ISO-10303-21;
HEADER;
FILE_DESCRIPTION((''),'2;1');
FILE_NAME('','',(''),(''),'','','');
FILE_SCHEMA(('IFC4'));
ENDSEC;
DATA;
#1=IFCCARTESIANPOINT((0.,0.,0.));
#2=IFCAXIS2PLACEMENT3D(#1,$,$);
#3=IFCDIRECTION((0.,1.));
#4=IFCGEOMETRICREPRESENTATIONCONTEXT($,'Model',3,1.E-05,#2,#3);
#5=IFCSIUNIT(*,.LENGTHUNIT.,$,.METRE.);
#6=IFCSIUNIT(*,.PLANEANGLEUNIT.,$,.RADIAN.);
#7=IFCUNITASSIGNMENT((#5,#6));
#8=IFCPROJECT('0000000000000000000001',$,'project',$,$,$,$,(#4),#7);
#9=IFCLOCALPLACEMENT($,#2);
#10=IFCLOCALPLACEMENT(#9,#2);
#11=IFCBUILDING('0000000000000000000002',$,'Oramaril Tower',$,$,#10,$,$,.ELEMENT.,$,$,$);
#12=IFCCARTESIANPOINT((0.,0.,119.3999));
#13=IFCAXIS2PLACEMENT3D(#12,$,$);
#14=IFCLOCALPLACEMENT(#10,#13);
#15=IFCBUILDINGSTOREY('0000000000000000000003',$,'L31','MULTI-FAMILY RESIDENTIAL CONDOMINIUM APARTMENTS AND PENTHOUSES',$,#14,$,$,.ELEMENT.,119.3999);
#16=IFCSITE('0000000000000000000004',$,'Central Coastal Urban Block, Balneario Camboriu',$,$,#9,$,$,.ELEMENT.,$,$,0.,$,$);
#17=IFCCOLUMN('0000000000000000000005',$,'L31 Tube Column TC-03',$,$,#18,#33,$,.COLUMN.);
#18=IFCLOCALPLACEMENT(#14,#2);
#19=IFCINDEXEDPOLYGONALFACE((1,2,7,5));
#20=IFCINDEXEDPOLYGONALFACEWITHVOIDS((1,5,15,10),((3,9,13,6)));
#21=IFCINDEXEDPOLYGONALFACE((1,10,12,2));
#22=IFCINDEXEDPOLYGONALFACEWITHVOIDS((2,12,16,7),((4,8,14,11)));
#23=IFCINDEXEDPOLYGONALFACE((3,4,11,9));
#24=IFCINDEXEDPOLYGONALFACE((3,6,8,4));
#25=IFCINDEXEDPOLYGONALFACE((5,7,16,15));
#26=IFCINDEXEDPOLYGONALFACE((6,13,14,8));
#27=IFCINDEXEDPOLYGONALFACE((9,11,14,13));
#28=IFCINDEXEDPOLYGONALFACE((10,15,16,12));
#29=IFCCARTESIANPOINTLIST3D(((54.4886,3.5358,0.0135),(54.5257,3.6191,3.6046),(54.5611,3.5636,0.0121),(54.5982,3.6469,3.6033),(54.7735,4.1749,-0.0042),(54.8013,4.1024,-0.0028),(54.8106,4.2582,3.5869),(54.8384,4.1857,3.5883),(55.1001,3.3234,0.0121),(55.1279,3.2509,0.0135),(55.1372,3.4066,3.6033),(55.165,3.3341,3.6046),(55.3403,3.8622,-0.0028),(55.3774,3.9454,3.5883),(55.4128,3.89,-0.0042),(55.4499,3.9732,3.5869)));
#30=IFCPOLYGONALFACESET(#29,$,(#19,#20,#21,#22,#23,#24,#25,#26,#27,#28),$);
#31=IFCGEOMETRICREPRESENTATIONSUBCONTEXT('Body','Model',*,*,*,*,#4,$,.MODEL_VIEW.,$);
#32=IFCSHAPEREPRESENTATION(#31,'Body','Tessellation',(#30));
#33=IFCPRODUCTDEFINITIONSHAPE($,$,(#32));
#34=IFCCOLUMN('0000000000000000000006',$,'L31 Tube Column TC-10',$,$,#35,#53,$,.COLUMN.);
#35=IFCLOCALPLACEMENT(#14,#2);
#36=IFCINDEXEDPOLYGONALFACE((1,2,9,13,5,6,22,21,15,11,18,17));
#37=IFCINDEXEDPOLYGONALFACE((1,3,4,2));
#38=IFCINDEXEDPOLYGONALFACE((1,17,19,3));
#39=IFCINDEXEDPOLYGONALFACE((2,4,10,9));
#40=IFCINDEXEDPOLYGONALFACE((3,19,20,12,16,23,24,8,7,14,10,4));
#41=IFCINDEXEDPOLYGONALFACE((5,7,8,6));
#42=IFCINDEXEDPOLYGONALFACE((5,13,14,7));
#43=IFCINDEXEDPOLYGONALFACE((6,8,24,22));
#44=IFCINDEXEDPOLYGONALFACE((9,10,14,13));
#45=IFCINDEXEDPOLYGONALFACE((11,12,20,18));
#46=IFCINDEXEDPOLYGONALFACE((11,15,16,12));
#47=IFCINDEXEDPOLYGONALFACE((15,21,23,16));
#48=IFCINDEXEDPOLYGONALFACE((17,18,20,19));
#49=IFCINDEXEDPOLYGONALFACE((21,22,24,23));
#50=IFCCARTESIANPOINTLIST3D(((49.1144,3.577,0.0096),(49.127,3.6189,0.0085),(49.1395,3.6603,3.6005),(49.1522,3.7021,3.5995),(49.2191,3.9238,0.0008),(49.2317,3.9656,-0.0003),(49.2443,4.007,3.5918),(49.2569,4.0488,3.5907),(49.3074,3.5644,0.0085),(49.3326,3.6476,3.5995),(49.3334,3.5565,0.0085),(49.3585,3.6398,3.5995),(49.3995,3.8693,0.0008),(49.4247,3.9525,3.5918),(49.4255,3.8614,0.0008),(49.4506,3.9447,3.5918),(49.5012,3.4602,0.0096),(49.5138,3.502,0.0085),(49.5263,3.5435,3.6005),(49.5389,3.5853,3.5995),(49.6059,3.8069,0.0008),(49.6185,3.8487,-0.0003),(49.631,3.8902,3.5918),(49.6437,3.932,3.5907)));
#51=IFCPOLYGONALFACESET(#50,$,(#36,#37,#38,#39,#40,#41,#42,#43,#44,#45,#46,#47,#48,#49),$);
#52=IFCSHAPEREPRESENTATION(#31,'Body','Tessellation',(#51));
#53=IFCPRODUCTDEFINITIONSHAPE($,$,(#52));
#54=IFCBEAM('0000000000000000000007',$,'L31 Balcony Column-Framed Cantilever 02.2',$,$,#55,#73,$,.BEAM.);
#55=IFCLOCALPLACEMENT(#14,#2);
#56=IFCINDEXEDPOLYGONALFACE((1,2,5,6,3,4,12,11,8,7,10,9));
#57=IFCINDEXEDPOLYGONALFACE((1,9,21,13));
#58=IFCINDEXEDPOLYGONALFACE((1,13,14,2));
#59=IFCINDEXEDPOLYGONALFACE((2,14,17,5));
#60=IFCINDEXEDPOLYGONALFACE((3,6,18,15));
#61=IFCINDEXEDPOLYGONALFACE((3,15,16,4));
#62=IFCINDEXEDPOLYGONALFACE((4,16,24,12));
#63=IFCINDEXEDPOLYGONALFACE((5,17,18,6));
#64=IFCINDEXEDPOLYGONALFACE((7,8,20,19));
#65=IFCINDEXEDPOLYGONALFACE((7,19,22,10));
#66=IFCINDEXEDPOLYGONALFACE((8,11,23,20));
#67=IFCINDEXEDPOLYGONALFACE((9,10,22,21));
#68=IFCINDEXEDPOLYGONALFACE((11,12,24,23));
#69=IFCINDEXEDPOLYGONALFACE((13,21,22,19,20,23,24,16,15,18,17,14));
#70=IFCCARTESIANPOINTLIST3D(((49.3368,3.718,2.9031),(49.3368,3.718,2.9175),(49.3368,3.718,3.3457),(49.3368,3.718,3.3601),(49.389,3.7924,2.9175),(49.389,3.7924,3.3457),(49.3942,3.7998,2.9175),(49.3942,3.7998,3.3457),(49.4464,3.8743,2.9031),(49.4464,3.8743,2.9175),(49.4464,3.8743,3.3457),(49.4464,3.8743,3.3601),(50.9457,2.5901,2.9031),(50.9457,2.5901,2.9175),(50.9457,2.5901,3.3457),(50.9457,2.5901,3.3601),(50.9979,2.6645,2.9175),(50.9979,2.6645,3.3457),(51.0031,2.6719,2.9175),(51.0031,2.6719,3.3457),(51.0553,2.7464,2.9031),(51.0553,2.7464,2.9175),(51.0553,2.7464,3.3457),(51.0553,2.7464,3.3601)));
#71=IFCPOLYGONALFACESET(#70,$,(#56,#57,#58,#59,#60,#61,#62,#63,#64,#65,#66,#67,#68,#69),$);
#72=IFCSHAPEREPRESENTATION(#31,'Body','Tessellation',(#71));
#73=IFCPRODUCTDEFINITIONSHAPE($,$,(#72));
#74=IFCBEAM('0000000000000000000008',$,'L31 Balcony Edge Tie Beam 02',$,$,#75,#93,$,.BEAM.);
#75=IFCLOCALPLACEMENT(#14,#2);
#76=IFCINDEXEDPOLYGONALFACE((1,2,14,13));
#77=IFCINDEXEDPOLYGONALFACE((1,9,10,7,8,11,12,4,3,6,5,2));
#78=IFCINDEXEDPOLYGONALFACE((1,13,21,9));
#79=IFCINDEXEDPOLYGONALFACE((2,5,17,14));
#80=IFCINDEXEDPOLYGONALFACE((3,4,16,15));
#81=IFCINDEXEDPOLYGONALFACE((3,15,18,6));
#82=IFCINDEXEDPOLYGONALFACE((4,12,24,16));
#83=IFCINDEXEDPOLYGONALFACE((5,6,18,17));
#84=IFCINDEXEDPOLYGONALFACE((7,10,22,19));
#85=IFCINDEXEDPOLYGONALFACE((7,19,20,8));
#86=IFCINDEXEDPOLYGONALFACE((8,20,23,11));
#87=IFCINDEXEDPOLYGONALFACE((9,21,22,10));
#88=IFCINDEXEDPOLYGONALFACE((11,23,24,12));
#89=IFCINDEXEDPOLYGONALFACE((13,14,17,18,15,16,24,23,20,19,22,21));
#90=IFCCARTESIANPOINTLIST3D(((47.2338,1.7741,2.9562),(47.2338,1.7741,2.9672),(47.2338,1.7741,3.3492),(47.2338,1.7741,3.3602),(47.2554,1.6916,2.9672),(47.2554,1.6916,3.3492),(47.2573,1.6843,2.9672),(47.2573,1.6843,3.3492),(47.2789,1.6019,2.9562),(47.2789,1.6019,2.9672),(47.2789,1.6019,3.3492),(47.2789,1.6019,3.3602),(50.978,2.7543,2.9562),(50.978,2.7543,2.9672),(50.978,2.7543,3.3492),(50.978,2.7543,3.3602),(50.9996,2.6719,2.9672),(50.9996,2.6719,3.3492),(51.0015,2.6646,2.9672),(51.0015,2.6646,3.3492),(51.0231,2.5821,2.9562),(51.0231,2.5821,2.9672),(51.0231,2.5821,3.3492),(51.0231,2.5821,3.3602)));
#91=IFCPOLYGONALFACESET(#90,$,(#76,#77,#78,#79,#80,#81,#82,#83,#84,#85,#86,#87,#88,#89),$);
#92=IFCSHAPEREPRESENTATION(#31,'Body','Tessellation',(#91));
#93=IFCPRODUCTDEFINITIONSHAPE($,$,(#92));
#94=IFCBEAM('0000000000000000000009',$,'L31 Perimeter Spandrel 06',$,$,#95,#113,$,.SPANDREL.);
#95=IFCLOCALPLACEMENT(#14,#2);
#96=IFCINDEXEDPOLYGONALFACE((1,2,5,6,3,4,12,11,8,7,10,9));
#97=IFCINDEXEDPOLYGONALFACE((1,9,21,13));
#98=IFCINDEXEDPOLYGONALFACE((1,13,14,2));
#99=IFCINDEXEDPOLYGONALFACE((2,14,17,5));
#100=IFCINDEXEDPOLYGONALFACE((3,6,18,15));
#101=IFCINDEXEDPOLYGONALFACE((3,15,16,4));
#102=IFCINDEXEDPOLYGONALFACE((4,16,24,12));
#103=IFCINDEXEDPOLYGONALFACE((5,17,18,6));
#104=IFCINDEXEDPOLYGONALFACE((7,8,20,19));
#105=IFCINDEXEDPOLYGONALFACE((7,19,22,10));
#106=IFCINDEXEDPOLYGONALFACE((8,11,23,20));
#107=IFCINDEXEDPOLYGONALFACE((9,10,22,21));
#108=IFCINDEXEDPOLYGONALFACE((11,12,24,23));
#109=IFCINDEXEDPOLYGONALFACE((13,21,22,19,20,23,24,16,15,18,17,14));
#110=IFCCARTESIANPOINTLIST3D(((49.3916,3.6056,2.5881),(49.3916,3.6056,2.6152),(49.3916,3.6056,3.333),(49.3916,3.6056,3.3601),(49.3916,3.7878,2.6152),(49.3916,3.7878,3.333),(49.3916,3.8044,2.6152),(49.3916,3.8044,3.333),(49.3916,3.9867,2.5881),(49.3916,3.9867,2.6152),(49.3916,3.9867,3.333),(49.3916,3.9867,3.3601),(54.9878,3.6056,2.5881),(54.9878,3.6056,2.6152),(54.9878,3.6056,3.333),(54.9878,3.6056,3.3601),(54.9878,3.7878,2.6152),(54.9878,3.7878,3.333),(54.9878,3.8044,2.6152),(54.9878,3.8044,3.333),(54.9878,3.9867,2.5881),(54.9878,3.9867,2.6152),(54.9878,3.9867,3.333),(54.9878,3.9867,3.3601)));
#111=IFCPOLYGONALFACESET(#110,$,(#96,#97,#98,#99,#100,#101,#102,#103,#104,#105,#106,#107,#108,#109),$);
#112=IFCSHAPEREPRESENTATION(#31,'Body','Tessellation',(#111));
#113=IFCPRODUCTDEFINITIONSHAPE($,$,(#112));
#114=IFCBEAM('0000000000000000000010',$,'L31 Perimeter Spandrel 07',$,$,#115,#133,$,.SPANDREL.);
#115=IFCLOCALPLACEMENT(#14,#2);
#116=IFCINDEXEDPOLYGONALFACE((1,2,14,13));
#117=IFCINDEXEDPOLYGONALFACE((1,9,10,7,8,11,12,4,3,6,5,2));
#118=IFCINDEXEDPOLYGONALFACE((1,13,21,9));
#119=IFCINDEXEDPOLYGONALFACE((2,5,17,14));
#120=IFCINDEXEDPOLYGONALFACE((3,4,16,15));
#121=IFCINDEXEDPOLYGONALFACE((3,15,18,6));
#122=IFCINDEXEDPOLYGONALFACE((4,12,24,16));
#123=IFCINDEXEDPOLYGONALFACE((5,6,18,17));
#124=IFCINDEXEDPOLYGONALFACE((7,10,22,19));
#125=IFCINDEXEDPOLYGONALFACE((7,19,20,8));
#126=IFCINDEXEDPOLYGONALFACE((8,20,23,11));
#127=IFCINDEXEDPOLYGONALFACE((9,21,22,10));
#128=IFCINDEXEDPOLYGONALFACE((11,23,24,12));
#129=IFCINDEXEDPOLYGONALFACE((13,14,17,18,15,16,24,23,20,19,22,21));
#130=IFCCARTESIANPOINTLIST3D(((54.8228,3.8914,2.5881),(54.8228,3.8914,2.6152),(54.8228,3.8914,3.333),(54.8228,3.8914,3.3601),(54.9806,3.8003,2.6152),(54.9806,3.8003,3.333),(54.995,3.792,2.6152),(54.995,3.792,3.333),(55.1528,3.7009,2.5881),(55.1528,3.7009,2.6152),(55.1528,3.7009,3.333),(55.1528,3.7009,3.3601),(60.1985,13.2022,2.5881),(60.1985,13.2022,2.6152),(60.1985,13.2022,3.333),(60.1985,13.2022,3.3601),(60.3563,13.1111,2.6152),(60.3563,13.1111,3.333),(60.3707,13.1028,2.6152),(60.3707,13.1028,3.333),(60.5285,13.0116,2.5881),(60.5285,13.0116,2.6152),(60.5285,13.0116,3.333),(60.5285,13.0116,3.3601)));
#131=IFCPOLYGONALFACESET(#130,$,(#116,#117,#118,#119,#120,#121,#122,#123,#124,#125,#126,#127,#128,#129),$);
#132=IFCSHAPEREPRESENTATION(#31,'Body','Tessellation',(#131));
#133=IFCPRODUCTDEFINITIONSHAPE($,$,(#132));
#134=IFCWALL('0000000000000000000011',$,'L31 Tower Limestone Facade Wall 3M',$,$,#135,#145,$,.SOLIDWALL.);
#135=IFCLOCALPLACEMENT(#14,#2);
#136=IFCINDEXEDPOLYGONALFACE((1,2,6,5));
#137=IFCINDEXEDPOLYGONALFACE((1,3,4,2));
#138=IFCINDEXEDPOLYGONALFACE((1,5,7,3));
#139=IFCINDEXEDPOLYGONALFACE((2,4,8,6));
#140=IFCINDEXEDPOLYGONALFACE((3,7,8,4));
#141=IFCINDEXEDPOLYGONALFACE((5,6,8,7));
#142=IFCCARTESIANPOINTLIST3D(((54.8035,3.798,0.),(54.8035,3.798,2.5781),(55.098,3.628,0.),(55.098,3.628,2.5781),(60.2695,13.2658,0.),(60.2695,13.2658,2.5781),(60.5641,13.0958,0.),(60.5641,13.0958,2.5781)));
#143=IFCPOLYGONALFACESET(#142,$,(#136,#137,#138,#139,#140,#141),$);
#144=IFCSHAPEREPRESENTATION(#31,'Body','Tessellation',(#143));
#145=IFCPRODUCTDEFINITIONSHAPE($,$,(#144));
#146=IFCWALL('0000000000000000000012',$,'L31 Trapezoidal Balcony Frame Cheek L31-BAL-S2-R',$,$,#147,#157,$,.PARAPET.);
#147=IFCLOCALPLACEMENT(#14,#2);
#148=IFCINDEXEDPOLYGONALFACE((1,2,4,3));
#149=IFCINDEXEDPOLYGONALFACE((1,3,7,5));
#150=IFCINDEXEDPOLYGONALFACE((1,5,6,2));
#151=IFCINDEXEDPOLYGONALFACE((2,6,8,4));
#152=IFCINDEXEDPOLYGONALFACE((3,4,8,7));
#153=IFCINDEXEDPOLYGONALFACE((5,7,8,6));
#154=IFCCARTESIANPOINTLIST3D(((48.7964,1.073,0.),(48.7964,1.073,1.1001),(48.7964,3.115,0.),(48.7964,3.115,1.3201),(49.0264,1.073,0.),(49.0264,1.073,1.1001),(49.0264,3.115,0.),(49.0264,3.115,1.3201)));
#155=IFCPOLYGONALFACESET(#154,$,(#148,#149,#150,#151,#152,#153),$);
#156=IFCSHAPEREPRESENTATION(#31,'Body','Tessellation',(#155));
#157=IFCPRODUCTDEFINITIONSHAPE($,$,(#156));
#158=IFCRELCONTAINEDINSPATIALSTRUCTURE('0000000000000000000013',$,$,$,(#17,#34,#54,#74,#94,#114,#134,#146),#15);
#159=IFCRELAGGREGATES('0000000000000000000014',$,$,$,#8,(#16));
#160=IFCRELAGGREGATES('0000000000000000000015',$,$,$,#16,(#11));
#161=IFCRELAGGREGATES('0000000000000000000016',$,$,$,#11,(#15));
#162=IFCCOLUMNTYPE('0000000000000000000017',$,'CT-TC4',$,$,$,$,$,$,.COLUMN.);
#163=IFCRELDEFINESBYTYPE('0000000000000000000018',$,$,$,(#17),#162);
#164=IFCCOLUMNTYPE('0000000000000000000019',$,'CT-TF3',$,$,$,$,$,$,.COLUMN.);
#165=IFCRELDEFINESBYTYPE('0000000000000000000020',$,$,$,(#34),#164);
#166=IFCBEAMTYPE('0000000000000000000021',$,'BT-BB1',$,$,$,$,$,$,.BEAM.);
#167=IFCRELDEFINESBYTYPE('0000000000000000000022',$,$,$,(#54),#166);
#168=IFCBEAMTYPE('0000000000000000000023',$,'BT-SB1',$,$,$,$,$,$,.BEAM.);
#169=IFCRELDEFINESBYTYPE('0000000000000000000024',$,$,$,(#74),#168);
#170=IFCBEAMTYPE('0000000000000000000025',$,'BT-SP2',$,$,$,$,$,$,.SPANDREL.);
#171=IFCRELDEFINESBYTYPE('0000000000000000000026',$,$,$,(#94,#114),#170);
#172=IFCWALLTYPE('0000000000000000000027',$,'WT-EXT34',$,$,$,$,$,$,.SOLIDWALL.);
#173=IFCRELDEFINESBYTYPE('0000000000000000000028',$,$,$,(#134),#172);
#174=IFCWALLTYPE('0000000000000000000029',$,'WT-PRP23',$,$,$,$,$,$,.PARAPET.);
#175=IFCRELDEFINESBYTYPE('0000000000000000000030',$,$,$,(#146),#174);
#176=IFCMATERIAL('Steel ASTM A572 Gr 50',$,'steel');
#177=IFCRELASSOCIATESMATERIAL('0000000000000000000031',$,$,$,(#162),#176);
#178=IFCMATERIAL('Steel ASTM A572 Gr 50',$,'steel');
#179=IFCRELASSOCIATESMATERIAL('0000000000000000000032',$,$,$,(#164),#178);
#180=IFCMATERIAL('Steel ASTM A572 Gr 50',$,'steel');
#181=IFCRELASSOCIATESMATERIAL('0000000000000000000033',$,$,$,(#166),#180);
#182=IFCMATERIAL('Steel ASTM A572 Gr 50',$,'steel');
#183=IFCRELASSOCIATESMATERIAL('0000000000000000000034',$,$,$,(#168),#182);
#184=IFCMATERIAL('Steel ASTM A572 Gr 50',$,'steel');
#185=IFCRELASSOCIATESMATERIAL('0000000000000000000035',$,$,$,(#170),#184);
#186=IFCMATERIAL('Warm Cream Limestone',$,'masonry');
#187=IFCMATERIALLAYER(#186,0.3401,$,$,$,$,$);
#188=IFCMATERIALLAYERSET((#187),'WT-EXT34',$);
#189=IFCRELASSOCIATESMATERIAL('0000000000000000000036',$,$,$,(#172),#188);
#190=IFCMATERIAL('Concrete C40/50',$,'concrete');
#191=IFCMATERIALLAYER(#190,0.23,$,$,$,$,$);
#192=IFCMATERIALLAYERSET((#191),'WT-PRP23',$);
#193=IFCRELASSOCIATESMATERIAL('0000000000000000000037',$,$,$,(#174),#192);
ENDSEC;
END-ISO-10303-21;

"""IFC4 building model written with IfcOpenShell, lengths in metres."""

from ifc_helpers import new_model, si_unit, direction, frame, frame_2d, origin, origin_2d, place, context, subcontext, project, spatial, polyline, rectangle, hollow_rectangle, i_section, outline, extrude, material, layer, layer_set, material_profile, profile_set, type_object, element, save


model = new_model("IFC4")

# Units and contexts
model_context = context("Model", 3, precision=1e-05, world=origin(), true_north=direction((0.0, 1.0)))
body_context = subcontext(model_context, "Body", "Model", "MODEL_VIEW")
ifc_project = project(units=[si_unit("LENGTHUNIT", "METRE"), si_unit("PLANEANGLEUNIT", "RADIAN")], contexts=[model_context])

# Site, building, storey
site_placement = place(None, origin())
site = spatial("IfcSite", under=ifc_project, at=site_placement, Name="Central Coastal Urban Block, Balneario Camboriu", CompositionType="ELEMENT", RefElevation=0.0)
building_placement = place(site_placement, origin())
building = spatial("IfcBuilding", under=site, at=building_placement, Name="Oramaril Tower", CompositionType="ELEMENT")
storey_placement = place(building_placement, frame((0.0, 0.0, 119.3999)))
storey = spatial("IfcBuildingStorey", under=building, at=storey_placement, Name="L31", Description="MULTI-FAMILY RESIDENTIAL CONDOMINIUM APARTMENTS AND PENTHOUSES", CompositionType="ELEMENT", Elevation=119.3999)

# Columns
ifc_material_1 = material(Name="Steel ASTM A572 Gr 50", Category="steel")
ifc_material_profile_1 = material_profile(ifc_material_1, hollow_rectangle(XDim=0.7, YDim=0.7, WallThickness=0.0549, at=origin_2d()), Name="BOX700X700X55")
ifc_profile_set_1 = profile_set([ifc_material_profile_1], Name="Steel ASTM A572 Gr 50")
column_type_1 = type_object("IfcColumnType", Name="CT-TC4", PredefinedType="COLUMN", material=ifc_profile_set_1)
column_1_placement = place(storey_placement, frame((54.9507, 3.7129, 0.0046), z_axis=(0.01033, 0.023176, 0.999678), x_axis=(-0.913369, 0.407132, 0.0)))
element("IfcColumn", 1, at=column_1_placement, inside=storey, type_object=column_type_1, Name="L31 Tube Column TC-03", PredefinedType="COLUMN", context=body_context, shape_type="SweptSolid", body=[
    extrude(hollow_rectangle(XDim=0.7, YDim=0.7, WallThickness=0.0549, at=origin_2d()), origin(), (0.0, 0.0, 1.0), 3.5923),
])
ifc_material_2 = material(Name="Steel ASTM A572 Gr 50", Category="steel")
ifc_material_profile_2 = material_profile(ifc_material_2, i_section(OverallWidth=0.4041, OverallDepth=0.406, WebThickness=0.0271, FlangeThickness=0.0437, at=origin_2d()), Name="W14X233")
ifc_profile_set_2 = profile_set([ifc_material_profile_2], Name="Steel ASTM A572 Gr 50")
column_type_2 = type_object("IfcColumnType", Name="CT-TF3", PredefinedType="COLUMN", material=ifc_profile_set_2)
column_2_placement = place(storey_placement, frame((49.3665, 3.7129, 0.0046), z_axis=(0.007, 0.023176, 0.999707), x_axis=(-0.957284, 0.28915, 0.0)))
element("IfcColumn", 2, at=column_2_placement, inside=storey, type_object=column_type_2, Name="L31 Tube Column TC-10", PredefinedType="COLUMN", context=body_context, shape_type="SweptSolid", body=[
    extrude(i_section(OverallWidth=0.4041, OverallDepth=0.406, WebThickness=0.0271, FlangeThickness=0.0437, at=origin_2d()), origin(), (0.0, 0.0, 1.0), 3.592),
])

# Beams
ifc_material_3 = material(Name="Steel ASTM A572 Gr 50", Category="steel")
ifc_material_profile_3 = material_profile(ifc_material_3, i_section(OverallWidth=0.1909, OverallDepth=0.457, WebThickness=0.009, FlangeThickness=0.0144, at=origin_2d()), Name="W18X50")
ifc_profile_set_3 = profile_set([ifc_material_profile_3], Name="Steel ASTM A572 Gr 50")
beam_type_1 = type_object("IfcBeamType", Name="BT-BB1", PredefinedType="BEAM", material=ifc_profile_set_3)
beam_1_placement = place(storey_placement, frame((49.3916, 3.7961, 3.1316), z_axis=(0.818823, -0.574046, 0.0), x_axis=(0.574046, 0.818823, 0.0)))
element("IfcBeam", 3, at=beam_1_placement, inside=storey, type_object=beam_type_1, Name="L31 Balcony Column-Framed Cantilever 02.2", PredefinedType="BEAM", context=body_context, shape_type="SweptSolid", body=[
    extrude(i_section(OverallWidth=0.1909, OverallDepth=0.457, WebThickness=0.009, FlangeThickness=0.0144, at=origin_2d()), origin(), (0.0, 0.0, 1.0), 1.9648),
])
ifc_material_4 = material(Name="Steel ASTM A572 Gr 50", Category="steel")
ifc_material_profile_4 = material_profile(ifc_material_4, i_section(OverallWidth=0.178, OverallDepth=0.4041, WebThickness=0.0076, FlangeThickness=0.011, at=origin_2d()), Name="W16X36")
ifc_profile_set_4 = profile_set([ifc_material_profile_4], Name="Steel ASTM A572 Gr 50")
beam_type_2 = type_object("IfcBeamType", Name="BT-SB1", PredefinedType="BEAM", material=ifc_profile_set_4)
beam_2_placement = place(storey_placement, frame((47.2563, 1.688, 3.1582), z_axis=(0.967397, 0.253267, 0.0), x_axis=(-0.253267, 0.967397, 0.0)))
element("IfcBeam", 4, at=beam_2_placement, inside=storey, type_object=beam_type_2, Name="L31 Balcony Edge Tie Beam 02", PredefinedType="BEAM", context=body_context, shape_type="SweptSolid", body=[
    extrude(i_section(OverallWidth=0.178, OverallDepth=0.4041, WebThickness=0.0076, FlangeThickness=0.011, at=origin_2d()), origin(), (0.0, 0.0, 1.0), 3.8704),
])
ifc_material_5 = material(Name="Steel ASTM A572 Gr 50", Category="steel")
ifc_material_profile_5 = material_profile(ifc_material_5, i_section(OverallWidth=0.3811, OverallDepth=0.772, WebThickness=0.0166, FlangeThickness=0.0271, at=origin_2d()), Name="W30X173")
ifc_profile_set_5 = profile_set([ifc_material_profile_5], Name="Steel ASTM A572 Gr 50")
beam_type_3 = type_object("IfcBeamType", Name="BT-SP2", PredefinedType="SPANDREL", material=ifc_profile_set_5)
beam_3_placement = place(storey_placement, frame((49.3916, 3.7961, 2.9741), z_axis=(1.0, 0.0, 0.0), x_axis=(0.0, 1.0, 0.0)))
element("IfcBeam", 5, at=beam_3_placement, inside=storey, type_object=beam_type_3, Name="L31 Perimeter Spandrel 06", PredefinedType="SPANDREL", context=body_context, shape_type="SweptSolid", body=[
    extrude(i_section(OverallWidth=0.3811, OverallDepth=0.772, WebThickness=0.0166, FlangeThickness=0.0271, at=origin_2d()), origin(), (0.0, 0.0, 1.0), 5.5962),
])
beam_4_placement = place(storey_placement, frame((54.9878, 3.7961, 2.9741), z_axis=(0.50001, 0.86602, 0.0), x_axis=(-0.86602, 0.50001, 0.0)))
element("IfcBeam", 6, at=beam_4_placement, inside=storey, type_object=beam_type_3, Name="L31 Perimeter Spandrel 07", PredefinedType="SPANDREL", context=body_context, shape_type="SweptSolid", body=[
    extrude(i_section(OverallWidth=0.3811, OverallDepth=0.772, WebThickness=0.0166, FlangeThickness=0.0271, at=origin_2d()), origin(), (0.0, 0.0, 1.0), 10.7512),
])

# Walls
ifc_material_6 = material(Name="Warm Cream Limestone", Category="masonry")
ifc_layer_1 = layer(ifc_material_6, 0.3401)
ifc_layer_set_1 = layer_set([ifc_layer_1], Name="WT-EXT34")
wall_type_1 = type_object("IfcWallType", Name="WT-EXT34", PredefinedType="SOLIDWALL", material=ifc_layer_set_1)
wall_1_placement = place(storey_placement, frame((54.9507, 3.7129, 0.0), z_axis=(0.0, 0.0, 1.0), x_axis=(0.499989, 0.866032, 0.0)))
element("IfcWall", 7, at=wall_1_placement, inside=storey, type_object=wall_type_1, Name="L31 Tower Limestone Facade Wall 3M", PredefinedType="SOLIDWALL", context=body_context, shape_type="SweptSolid", body=[
    extrude(rectangle(XDim=10.9324, YDim=0.3401, at=frame_2d((5.4663, 0.0))), origin(), (0.0, 0.0, 1.0), 2.5781),
])
ifc_material_7 = material(Name="Concrete C40/50", Category="concrete")
ifc_layer_2 = layer(ifc_material_7, 0.23)
ifc_layer_set_2 = layer_set([ifc_layer_2], Name="WT-PRP23")
wall_type_2 = type_object("IfcWallType", Name="WT-PRP23", PredefinedType="PARAPET", material=ifc_layer_set_2)
wall_2_placement = place(storey_placement, frame((48.9114, 3.115, 0.0), z_axis=(0.0, 0.0, 1.0), x_axis=(0.0, -1.0, 0.0)))
element("IfcWall", 8, at=wall_2_placement, inside=storey, type_object=wall_type_2, Name="L31 Trapezoidal Balcony Frame Cheek L31-BAL-S2-R", PredefinedType="PARAPET", context=body_context, shape_type="SweptSolid", body=[
    extrude(outline(polyline([(0.0, 0.0), (2.042, 0.0), (2.042, 1.1001), (0.0, 1.3201), (0.0, 0.0)])), frame((0.0, 0.115, 0.0), z_axis=(0.0, -1.0, 0.0), x_axis=(1.0, 0.0, 0.0)), (0.0, 0.0, 1.0), 0.23),
])

save(model, "model.ifc")
